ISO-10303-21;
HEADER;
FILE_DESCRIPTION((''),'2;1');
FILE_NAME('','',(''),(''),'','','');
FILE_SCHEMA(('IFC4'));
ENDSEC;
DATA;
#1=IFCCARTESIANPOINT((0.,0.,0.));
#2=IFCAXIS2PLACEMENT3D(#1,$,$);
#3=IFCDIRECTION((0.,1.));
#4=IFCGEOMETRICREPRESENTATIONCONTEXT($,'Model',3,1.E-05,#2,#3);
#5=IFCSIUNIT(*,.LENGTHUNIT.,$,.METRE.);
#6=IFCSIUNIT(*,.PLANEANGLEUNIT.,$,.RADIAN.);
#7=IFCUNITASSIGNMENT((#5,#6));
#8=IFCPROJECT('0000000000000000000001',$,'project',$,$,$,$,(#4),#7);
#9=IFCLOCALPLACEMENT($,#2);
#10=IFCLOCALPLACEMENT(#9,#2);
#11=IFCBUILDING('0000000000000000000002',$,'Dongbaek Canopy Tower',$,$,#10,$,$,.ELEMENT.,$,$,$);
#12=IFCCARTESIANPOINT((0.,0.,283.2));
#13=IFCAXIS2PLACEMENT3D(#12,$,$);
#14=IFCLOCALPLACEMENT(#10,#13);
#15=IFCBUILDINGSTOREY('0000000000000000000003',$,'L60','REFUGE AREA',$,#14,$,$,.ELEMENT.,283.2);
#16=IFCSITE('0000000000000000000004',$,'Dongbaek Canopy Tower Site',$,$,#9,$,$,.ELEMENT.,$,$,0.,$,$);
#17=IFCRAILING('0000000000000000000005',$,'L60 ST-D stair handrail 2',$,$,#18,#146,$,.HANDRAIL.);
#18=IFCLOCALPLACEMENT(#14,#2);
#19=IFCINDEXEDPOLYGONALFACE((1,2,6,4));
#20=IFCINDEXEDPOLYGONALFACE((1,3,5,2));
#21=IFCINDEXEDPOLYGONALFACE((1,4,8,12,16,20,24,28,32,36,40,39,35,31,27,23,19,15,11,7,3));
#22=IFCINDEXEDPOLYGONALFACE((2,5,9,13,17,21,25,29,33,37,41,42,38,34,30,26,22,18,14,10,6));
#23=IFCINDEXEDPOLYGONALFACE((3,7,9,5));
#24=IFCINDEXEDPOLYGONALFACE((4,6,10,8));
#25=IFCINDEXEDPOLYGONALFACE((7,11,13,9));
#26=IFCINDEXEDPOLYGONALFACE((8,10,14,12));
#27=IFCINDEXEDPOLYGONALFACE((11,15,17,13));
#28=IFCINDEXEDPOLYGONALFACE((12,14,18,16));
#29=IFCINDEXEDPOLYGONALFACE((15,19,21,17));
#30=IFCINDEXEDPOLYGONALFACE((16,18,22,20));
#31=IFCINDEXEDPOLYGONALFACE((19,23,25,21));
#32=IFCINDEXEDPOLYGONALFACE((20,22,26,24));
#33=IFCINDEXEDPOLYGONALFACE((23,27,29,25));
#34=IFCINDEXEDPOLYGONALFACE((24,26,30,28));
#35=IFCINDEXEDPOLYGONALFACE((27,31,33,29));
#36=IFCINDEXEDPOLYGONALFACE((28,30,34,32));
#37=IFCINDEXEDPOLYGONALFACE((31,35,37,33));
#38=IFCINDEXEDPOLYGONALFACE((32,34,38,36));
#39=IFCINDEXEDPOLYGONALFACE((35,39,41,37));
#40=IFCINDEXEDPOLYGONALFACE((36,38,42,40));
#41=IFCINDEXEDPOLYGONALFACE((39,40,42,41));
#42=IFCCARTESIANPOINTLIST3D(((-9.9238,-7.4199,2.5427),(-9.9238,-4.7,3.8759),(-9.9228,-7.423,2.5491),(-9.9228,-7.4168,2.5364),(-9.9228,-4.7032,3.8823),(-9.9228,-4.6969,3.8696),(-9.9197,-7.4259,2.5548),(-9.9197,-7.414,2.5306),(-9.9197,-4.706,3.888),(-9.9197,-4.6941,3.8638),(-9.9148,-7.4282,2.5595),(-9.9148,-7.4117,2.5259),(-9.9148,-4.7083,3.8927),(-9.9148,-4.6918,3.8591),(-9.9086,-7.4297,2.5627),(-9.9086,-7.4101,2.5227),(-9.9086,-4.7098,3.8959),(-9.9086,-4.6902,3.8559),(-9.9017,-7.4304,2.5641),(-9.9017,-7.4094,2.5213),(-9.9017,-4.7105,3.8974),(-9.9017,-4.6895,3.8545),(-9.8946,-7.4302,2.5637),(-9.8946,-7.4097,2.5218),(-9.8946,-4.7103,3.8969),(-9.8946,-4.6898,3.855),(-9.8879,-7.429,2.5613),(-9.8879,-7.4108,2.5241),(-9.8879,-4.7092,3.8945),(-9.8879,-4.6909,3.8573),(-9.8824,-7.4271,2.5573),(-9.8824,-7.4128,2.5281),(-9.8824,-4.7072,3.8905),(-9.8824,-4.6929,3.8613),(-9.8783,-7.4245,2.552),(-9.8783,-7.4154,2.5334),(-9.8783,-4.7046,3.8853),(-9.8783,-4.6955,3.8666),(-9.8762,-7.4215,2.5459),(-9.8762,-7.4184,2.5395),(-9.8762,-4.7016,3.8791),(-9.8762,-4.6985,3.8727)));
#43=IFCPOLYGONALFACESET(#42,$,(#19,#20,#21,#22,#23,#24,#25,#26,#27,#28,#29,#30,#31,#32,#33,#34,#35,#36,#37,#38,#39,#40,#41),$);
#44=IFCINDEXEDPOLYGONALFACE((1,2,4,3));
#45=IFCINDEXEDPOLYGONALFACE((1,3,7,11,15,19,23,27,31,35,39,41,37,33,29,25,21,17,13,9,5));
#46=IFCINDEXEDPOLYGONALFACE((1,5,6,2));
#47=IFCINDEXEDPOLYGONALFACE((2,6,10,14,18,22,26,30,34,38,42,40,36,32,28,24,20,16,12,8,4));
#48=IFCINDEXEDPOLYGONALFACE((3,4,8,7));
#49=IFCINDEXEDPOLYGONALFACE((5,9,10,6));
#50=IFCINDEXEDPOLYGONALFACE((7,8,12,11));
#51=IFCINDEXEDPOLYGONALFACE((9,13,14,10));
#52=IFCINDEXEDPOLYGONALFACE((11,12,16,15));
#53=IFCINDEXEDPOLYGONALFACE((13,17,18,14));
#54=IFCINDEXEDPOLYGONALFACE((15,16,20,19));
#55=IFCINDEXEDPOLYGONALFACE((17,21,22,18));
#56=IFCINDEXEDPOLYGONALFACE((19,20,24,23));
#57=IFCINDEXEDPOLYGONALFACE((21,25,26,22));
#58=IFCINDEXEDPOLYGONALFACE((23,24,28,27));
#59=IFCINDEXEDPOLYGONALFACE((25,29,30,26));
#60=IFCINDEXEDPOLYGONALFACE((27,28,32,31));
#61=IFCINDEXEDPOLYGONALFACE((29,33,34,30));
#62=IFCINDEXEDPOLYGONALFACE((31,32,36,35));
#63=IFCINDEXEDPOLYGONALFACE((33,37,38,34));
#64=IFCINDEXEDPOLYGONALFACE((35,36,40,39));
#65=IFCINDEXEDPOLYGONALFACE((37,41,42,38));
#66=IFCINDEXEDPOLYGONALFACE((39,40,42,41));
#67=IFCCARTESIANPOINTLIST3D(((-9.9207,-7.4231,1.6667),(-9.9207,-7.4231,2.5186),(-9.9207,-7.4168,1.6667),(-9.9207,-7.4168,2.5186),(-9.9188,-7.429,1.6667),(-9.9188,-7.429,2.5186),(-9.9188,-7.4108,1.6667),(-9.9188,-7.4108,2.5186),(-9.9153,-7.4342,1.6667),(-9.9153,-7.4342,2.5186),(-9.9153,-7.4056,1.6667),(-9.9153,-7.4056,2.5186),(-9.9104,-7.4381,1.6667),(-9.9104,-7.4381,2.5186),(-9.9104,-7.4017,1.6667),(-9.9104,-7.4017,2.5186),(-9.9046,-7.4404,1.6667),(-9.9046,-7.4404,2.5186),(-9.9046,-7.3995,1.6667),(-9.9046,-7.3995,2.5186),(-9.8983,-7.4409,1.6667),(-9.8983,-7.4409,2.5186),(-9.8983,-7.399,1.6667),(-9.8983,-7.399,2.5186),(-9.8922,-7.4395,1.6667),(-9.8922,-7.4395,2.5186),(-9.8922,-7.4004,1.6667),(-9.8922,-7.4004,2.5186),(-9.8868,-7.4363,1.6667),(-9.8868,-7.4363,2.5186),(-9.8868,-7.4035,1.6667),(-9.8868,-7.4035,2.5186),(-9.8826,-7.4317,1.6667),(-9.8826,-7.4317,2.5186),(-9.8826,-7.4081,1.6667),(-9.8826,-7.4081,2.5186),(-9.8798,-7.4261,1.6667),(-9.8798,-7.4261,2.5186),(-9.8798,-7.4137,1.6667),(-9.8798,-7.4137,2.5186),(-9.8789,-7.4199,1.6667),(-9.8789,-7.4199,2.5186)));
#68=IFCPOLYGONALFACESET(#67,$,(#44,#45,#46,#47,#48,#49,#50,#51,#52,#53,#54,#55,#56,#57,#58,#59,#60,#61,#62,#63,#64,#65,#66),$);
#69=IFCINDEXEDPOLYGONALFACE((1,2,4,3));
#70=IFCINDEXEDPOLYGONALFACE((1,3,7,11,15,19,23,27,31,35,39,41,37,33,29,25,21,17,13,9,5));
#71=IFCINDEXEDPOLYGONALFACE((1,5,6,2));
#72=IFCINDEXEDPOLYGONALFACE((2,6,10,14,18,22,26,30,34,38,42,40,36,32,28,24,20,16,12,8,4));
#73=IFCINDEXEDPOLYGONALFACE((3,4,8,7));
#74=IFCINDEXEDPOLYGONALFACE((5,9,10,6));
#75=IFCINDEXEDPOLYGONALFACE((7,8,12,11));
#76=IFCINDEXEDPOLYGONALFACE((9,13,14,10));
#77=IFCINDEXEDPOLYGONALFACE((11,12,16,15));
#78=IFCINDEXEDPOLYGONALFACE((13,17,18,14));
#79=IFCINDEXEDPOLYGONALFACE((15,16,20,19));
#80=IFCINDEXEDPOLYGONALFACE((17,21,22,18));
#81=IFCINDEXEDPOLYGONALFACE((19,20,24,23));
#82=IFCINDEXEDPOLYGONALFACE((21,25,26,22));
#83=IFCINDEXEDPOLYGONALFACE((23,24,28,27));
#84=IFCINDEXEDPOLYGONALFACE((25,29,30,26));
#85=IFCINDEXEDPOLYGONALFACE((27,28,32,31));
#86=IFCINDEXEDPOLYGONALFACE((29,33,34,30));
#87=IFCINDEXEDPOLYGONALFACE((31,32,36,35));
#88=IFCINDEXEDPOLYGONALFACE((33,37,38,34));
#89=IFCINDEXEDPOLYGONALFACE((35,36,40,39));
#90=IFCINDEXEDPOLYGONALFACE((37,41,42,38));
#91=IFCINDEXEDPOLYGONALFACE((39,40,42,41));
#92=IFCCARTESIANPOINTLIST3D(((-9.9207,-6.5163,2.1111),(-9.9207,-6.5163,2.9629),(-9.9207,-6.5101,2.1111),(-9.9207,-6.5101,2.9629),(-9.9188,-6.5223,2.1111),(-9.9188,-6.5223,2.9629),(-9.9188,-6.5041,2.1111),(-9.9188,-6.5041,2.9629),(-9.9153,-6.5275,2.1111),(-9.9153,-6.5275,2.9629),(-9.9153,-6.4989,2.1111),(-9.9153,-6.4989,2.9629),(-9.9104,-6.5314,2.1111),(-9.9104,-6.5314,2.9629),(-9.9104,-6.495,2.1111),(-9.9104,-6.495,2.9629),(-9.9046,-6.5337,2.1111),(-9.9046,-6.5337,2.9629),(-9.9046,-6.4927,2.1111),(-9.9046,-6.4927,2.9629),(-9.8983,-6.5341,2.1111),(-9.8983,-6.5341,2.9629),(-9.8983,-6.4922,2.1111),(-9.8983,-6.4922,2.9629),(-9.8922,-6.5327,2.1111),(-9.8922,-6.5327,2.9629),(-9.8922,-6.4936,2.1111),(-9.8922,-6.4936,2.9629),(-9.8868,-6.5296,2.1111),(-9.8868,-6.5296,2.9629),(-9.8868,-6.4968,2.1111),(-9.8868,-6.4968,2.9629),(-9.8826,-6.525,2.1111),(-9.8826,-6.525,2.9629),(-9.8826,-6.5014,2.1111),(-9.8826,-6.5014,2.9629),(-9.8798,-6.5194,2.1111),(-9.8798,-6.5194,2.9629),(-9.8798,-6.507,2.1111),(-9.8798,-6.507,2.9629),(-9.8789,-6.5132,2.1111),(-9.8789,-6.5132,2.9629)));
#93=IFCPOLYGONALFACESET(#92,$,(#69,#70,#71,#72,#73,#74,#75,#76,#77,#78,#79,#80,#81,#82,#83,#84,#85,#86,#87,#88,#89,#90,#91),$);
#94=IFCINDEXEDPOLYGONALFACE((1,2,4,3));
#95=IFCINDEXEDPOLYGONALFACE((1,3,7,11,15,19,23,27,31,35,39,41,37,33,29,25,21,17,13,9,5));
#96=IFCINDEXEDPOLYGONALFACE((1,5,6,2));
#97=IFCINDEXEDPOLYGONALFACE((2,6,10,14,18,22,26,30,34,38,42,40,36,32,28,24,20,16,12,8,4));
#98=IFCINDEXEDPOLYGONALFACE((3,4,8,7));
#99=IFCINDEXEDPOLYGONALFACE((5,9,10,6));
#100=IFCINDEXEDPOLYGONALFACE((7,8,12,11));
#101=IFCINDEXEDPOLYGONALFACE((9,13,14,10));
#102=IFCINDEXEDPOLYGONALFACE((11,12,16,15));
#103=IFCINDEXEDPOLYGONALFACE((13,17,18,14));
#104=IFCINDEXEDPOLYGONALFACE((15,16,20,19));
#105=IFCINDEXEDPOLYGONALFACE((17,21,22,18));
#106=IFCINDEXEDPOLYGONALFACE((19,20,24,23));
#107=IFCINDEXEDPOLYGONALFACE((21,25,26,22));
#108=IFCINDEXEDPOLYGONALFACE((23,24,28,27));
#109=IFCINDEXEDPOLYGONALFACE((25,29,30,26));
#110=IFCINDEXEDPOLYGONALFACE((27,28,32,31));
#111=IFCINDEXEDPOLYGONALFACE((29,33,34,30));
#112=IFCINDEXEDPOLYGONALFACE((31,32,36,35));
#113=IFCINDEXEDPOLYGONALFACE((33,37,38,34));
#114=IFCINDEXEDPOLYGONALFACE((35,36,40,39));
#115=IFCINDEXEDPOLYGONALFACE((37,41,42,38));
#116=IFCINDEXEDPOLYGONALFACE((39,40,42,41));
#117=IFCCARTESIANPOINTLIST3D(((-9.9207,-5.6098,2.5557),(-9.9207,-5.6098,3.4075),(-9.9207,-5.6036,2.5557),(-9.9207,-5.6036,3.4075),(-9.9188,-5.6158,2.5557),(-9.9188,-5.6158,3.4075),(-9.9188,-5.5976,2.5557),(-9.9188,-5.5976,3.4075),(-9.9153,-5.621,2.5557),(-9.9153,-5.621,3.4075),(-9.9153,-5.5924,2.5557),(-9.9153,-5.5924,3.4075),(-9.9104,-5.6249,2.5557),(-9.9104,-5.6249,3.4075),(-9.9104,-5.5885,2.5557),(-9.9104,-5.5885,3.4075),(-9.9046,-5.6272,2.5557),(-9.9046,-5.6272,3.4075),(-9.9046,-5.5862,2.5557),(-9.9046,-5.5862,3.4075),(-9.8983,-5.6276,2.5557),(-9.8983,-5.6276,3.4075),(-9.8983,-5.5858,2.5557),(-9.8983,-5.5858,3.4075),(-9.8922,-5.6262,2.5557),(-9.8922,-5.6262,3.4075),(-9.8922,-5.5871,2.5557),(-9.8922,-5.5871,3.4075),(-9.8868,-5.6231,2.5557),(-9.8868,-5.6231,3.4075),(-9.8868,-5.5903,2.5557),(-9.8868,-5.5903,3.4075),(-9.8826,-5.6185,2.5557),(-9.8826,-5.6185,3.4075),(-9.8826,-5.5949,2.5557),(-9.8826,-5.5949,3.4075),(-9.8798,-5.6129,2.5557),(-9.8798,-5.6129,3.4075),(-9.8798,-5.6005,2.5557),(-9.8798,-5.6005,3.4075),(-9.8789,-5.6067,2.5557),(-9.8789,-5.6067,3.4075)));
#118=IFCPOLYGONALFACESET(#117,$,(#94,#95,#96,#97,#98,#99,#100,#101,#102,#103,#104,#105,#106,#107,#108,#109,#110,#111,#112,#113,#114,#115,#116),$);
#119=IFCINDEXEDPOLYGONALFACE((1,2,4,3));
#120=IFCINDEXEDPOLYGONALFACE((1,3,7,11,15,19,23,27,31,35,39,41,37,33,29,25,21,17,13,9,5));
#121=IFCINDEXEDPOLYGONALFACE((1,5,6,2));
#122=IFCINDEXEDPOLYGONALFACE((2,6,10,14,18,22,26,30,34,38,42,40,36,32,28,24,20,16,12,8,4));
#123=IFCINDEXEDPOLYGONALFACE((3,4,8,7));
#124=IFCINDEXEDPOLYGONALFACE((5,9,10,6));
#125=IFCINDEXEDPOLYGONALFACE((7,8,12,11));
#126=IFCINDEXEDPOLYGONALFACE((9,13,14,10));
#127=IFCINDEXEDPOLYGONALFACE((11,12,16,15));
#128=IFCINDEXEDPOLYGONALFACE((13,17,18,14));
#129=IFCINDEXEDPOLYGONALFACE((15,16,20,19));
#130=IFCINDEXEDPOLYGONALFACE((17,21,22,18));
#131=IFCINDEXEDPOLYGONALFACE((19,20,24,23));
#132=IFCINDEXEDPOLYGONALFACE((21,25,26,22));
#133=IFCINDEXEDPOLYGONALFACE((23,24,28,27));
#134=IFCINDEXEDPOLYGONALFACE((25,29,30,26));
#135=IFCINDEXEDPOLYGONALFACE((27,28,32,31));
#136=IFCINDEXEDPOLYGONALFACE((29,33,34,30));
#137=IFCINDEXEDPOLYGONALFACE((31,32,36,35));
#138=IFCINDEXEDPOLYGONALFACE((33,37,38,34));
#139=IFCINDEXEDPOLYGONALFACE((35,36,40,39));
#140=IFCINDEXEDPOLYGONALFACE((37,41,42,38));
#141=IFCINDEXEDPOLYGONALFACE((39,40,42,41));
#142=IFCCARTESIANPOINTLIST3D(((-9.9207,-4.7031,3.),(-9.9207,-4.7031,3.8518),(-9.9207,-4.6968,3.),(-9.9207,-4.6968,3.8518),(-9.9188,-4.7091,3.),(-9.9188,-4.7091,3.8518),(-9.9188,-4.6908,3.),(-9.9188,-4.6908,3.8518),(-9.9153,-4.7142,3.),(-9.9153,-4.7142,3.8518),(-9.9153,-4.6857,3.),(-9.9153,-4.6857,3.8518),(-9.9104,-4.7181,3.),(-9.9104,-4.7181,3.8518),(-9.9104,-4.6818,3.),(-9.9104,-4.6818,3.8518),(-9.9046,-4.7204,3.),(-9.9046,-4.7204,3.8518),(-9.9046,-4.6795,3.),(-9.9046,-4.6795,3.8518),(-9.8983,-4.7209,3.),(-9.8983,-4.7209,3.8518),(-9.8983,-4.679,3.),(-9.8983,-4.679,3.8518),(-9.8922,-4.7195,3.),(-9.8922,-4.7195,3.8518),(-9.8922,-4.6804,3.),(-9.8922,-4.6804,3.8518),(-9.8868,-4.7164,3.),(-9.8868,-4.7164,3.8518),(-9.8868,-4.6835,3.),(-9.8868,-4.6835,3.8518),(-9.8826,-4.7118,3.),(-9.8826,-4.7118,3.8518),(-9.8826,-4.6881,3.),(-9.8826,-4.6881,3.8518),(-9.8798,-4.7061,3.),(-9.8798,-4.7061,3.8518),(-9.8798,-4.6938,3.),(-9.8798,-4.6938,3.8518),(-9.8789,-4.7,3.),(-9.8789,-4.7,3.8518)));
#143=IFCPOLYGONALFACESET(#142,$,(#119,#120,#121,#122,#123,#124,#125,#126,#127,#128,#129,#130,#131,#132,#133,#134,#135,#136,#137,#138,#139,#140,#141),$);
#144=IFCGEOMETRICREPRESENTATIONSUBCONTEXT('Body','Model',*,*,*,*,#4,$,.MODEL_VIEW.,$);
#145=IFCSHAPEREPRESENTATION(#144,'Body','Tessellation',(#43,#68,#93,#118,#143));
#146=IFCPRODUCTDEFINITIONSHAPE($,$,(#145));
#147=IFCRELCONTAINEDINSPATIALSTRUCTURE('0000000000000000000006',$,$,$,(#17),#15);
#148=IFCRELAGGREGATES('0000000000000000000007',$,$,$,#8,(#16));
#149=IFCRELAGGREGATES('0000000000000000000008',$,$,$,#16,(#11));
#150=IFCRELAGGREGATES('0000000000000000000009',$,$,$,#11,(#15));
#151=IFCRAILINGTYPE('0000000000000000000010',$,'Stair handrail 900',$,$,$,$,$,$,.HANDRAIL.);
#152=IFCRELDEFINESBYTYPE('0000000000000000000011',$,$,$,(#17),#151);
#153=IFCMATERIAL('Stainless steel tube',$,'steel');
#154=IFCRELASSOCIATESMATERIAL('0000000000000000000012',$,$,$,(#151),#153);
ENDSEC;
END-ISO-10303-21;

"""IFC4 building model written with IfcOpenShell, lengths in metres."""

from ifc_helpers import new_model, si_unit, direction, frame, origin, origin_2d, place, context, subcontext, project, spatial, circle, extrude, material, type_object, element, save


model = new_model("IFC4")

# Units and contexts
model_context = context("Model", 3, precision=1e-05, world=origin(), true_north=direction((0.0, 1.0)))
body_context = subcontext(model_context, "Body", "Model", "MODEL_VIEW")
ifc_project = project(units=[si_unit("LENGTHUNIT", "METRE"), si_unit("PLANEANGLEUNIT", "RADIAN")], contexts=[model_context])

# Site, building, storey
site_placement = place(None, origin())
site = spatial("IfcSite", under=ifc_project, at=site_placement, Name="Dongbaek Canopy Tower Site", CompositionType="ELEMENT", RefElevation=0.0)
building_placement = place(site_placement, origin())
building = spatial("IfcBuilding", under=site, at=building_placement, Name="Dongbaek Canopy Tower", CompositionType="ELEMENT")
storey_placement = place(building_placement, frame((0.0, 0.0, 283.2)))
storey = spatial("IfcBuildingStorey", under=building, at=storey_placement, Name="L60", Description="REFUGE AREA", CompositionType="ELEMENT", Elevation=283.2)

# Railing
ifc_material_1 = material(Name="Stainless steel tube", Category="steel")
railing_type_1 = type_object("IfcRailingType", Name="Stair handrail 900", PredefinedType="HANDRAIL", material=ifc_material_1)
for number, where, name in (
    (1, (-9.8999, -7.4199, 1.6667), "L60 ST-D stair handrail 2"),
):
    element("IfcRailing", number, at=place(storey_placement, frame(where)), inside=storey, type_object=railing_type_1, Name=name, PredefinedType="HANDRAIL", context=body_context, shape_type="SweptSolid", body=[
        extrude(circle(Radius=0.0239, at=origin_2d()), frame((0.0, 0.0, 0.876), z_axis=(0.0, 0.897929, 0.440139), x_axis=(-1.0, 0.0, 0.0)), (0.0, 0.0, 1.0), 3.0291),
        extrude(circle(Radius=0.021, at=origin_2d()), origin(), (0.0, 0.0, 1.0), 0.8518),
        extrude(circle(Radius=0.021, at=origin_2d()), frame((0.0, 0.9067, 0.4443)), (0.0, 0.0, 1.0), 0.8518),
        extrude(circle(Radius=0.021, at=origin_2d()), frame((0.0, 1.8132, 0.8889)), (0.0, 0.0, 1.0), 0.8518),
        extrude(circle(Radius=0.021, at=origin_2d()), frame((0.0, 2.72, 1.3333)), (0.0, 0.0, 1.0), 0.8518),
    ])

save(model, "model.ifc")
